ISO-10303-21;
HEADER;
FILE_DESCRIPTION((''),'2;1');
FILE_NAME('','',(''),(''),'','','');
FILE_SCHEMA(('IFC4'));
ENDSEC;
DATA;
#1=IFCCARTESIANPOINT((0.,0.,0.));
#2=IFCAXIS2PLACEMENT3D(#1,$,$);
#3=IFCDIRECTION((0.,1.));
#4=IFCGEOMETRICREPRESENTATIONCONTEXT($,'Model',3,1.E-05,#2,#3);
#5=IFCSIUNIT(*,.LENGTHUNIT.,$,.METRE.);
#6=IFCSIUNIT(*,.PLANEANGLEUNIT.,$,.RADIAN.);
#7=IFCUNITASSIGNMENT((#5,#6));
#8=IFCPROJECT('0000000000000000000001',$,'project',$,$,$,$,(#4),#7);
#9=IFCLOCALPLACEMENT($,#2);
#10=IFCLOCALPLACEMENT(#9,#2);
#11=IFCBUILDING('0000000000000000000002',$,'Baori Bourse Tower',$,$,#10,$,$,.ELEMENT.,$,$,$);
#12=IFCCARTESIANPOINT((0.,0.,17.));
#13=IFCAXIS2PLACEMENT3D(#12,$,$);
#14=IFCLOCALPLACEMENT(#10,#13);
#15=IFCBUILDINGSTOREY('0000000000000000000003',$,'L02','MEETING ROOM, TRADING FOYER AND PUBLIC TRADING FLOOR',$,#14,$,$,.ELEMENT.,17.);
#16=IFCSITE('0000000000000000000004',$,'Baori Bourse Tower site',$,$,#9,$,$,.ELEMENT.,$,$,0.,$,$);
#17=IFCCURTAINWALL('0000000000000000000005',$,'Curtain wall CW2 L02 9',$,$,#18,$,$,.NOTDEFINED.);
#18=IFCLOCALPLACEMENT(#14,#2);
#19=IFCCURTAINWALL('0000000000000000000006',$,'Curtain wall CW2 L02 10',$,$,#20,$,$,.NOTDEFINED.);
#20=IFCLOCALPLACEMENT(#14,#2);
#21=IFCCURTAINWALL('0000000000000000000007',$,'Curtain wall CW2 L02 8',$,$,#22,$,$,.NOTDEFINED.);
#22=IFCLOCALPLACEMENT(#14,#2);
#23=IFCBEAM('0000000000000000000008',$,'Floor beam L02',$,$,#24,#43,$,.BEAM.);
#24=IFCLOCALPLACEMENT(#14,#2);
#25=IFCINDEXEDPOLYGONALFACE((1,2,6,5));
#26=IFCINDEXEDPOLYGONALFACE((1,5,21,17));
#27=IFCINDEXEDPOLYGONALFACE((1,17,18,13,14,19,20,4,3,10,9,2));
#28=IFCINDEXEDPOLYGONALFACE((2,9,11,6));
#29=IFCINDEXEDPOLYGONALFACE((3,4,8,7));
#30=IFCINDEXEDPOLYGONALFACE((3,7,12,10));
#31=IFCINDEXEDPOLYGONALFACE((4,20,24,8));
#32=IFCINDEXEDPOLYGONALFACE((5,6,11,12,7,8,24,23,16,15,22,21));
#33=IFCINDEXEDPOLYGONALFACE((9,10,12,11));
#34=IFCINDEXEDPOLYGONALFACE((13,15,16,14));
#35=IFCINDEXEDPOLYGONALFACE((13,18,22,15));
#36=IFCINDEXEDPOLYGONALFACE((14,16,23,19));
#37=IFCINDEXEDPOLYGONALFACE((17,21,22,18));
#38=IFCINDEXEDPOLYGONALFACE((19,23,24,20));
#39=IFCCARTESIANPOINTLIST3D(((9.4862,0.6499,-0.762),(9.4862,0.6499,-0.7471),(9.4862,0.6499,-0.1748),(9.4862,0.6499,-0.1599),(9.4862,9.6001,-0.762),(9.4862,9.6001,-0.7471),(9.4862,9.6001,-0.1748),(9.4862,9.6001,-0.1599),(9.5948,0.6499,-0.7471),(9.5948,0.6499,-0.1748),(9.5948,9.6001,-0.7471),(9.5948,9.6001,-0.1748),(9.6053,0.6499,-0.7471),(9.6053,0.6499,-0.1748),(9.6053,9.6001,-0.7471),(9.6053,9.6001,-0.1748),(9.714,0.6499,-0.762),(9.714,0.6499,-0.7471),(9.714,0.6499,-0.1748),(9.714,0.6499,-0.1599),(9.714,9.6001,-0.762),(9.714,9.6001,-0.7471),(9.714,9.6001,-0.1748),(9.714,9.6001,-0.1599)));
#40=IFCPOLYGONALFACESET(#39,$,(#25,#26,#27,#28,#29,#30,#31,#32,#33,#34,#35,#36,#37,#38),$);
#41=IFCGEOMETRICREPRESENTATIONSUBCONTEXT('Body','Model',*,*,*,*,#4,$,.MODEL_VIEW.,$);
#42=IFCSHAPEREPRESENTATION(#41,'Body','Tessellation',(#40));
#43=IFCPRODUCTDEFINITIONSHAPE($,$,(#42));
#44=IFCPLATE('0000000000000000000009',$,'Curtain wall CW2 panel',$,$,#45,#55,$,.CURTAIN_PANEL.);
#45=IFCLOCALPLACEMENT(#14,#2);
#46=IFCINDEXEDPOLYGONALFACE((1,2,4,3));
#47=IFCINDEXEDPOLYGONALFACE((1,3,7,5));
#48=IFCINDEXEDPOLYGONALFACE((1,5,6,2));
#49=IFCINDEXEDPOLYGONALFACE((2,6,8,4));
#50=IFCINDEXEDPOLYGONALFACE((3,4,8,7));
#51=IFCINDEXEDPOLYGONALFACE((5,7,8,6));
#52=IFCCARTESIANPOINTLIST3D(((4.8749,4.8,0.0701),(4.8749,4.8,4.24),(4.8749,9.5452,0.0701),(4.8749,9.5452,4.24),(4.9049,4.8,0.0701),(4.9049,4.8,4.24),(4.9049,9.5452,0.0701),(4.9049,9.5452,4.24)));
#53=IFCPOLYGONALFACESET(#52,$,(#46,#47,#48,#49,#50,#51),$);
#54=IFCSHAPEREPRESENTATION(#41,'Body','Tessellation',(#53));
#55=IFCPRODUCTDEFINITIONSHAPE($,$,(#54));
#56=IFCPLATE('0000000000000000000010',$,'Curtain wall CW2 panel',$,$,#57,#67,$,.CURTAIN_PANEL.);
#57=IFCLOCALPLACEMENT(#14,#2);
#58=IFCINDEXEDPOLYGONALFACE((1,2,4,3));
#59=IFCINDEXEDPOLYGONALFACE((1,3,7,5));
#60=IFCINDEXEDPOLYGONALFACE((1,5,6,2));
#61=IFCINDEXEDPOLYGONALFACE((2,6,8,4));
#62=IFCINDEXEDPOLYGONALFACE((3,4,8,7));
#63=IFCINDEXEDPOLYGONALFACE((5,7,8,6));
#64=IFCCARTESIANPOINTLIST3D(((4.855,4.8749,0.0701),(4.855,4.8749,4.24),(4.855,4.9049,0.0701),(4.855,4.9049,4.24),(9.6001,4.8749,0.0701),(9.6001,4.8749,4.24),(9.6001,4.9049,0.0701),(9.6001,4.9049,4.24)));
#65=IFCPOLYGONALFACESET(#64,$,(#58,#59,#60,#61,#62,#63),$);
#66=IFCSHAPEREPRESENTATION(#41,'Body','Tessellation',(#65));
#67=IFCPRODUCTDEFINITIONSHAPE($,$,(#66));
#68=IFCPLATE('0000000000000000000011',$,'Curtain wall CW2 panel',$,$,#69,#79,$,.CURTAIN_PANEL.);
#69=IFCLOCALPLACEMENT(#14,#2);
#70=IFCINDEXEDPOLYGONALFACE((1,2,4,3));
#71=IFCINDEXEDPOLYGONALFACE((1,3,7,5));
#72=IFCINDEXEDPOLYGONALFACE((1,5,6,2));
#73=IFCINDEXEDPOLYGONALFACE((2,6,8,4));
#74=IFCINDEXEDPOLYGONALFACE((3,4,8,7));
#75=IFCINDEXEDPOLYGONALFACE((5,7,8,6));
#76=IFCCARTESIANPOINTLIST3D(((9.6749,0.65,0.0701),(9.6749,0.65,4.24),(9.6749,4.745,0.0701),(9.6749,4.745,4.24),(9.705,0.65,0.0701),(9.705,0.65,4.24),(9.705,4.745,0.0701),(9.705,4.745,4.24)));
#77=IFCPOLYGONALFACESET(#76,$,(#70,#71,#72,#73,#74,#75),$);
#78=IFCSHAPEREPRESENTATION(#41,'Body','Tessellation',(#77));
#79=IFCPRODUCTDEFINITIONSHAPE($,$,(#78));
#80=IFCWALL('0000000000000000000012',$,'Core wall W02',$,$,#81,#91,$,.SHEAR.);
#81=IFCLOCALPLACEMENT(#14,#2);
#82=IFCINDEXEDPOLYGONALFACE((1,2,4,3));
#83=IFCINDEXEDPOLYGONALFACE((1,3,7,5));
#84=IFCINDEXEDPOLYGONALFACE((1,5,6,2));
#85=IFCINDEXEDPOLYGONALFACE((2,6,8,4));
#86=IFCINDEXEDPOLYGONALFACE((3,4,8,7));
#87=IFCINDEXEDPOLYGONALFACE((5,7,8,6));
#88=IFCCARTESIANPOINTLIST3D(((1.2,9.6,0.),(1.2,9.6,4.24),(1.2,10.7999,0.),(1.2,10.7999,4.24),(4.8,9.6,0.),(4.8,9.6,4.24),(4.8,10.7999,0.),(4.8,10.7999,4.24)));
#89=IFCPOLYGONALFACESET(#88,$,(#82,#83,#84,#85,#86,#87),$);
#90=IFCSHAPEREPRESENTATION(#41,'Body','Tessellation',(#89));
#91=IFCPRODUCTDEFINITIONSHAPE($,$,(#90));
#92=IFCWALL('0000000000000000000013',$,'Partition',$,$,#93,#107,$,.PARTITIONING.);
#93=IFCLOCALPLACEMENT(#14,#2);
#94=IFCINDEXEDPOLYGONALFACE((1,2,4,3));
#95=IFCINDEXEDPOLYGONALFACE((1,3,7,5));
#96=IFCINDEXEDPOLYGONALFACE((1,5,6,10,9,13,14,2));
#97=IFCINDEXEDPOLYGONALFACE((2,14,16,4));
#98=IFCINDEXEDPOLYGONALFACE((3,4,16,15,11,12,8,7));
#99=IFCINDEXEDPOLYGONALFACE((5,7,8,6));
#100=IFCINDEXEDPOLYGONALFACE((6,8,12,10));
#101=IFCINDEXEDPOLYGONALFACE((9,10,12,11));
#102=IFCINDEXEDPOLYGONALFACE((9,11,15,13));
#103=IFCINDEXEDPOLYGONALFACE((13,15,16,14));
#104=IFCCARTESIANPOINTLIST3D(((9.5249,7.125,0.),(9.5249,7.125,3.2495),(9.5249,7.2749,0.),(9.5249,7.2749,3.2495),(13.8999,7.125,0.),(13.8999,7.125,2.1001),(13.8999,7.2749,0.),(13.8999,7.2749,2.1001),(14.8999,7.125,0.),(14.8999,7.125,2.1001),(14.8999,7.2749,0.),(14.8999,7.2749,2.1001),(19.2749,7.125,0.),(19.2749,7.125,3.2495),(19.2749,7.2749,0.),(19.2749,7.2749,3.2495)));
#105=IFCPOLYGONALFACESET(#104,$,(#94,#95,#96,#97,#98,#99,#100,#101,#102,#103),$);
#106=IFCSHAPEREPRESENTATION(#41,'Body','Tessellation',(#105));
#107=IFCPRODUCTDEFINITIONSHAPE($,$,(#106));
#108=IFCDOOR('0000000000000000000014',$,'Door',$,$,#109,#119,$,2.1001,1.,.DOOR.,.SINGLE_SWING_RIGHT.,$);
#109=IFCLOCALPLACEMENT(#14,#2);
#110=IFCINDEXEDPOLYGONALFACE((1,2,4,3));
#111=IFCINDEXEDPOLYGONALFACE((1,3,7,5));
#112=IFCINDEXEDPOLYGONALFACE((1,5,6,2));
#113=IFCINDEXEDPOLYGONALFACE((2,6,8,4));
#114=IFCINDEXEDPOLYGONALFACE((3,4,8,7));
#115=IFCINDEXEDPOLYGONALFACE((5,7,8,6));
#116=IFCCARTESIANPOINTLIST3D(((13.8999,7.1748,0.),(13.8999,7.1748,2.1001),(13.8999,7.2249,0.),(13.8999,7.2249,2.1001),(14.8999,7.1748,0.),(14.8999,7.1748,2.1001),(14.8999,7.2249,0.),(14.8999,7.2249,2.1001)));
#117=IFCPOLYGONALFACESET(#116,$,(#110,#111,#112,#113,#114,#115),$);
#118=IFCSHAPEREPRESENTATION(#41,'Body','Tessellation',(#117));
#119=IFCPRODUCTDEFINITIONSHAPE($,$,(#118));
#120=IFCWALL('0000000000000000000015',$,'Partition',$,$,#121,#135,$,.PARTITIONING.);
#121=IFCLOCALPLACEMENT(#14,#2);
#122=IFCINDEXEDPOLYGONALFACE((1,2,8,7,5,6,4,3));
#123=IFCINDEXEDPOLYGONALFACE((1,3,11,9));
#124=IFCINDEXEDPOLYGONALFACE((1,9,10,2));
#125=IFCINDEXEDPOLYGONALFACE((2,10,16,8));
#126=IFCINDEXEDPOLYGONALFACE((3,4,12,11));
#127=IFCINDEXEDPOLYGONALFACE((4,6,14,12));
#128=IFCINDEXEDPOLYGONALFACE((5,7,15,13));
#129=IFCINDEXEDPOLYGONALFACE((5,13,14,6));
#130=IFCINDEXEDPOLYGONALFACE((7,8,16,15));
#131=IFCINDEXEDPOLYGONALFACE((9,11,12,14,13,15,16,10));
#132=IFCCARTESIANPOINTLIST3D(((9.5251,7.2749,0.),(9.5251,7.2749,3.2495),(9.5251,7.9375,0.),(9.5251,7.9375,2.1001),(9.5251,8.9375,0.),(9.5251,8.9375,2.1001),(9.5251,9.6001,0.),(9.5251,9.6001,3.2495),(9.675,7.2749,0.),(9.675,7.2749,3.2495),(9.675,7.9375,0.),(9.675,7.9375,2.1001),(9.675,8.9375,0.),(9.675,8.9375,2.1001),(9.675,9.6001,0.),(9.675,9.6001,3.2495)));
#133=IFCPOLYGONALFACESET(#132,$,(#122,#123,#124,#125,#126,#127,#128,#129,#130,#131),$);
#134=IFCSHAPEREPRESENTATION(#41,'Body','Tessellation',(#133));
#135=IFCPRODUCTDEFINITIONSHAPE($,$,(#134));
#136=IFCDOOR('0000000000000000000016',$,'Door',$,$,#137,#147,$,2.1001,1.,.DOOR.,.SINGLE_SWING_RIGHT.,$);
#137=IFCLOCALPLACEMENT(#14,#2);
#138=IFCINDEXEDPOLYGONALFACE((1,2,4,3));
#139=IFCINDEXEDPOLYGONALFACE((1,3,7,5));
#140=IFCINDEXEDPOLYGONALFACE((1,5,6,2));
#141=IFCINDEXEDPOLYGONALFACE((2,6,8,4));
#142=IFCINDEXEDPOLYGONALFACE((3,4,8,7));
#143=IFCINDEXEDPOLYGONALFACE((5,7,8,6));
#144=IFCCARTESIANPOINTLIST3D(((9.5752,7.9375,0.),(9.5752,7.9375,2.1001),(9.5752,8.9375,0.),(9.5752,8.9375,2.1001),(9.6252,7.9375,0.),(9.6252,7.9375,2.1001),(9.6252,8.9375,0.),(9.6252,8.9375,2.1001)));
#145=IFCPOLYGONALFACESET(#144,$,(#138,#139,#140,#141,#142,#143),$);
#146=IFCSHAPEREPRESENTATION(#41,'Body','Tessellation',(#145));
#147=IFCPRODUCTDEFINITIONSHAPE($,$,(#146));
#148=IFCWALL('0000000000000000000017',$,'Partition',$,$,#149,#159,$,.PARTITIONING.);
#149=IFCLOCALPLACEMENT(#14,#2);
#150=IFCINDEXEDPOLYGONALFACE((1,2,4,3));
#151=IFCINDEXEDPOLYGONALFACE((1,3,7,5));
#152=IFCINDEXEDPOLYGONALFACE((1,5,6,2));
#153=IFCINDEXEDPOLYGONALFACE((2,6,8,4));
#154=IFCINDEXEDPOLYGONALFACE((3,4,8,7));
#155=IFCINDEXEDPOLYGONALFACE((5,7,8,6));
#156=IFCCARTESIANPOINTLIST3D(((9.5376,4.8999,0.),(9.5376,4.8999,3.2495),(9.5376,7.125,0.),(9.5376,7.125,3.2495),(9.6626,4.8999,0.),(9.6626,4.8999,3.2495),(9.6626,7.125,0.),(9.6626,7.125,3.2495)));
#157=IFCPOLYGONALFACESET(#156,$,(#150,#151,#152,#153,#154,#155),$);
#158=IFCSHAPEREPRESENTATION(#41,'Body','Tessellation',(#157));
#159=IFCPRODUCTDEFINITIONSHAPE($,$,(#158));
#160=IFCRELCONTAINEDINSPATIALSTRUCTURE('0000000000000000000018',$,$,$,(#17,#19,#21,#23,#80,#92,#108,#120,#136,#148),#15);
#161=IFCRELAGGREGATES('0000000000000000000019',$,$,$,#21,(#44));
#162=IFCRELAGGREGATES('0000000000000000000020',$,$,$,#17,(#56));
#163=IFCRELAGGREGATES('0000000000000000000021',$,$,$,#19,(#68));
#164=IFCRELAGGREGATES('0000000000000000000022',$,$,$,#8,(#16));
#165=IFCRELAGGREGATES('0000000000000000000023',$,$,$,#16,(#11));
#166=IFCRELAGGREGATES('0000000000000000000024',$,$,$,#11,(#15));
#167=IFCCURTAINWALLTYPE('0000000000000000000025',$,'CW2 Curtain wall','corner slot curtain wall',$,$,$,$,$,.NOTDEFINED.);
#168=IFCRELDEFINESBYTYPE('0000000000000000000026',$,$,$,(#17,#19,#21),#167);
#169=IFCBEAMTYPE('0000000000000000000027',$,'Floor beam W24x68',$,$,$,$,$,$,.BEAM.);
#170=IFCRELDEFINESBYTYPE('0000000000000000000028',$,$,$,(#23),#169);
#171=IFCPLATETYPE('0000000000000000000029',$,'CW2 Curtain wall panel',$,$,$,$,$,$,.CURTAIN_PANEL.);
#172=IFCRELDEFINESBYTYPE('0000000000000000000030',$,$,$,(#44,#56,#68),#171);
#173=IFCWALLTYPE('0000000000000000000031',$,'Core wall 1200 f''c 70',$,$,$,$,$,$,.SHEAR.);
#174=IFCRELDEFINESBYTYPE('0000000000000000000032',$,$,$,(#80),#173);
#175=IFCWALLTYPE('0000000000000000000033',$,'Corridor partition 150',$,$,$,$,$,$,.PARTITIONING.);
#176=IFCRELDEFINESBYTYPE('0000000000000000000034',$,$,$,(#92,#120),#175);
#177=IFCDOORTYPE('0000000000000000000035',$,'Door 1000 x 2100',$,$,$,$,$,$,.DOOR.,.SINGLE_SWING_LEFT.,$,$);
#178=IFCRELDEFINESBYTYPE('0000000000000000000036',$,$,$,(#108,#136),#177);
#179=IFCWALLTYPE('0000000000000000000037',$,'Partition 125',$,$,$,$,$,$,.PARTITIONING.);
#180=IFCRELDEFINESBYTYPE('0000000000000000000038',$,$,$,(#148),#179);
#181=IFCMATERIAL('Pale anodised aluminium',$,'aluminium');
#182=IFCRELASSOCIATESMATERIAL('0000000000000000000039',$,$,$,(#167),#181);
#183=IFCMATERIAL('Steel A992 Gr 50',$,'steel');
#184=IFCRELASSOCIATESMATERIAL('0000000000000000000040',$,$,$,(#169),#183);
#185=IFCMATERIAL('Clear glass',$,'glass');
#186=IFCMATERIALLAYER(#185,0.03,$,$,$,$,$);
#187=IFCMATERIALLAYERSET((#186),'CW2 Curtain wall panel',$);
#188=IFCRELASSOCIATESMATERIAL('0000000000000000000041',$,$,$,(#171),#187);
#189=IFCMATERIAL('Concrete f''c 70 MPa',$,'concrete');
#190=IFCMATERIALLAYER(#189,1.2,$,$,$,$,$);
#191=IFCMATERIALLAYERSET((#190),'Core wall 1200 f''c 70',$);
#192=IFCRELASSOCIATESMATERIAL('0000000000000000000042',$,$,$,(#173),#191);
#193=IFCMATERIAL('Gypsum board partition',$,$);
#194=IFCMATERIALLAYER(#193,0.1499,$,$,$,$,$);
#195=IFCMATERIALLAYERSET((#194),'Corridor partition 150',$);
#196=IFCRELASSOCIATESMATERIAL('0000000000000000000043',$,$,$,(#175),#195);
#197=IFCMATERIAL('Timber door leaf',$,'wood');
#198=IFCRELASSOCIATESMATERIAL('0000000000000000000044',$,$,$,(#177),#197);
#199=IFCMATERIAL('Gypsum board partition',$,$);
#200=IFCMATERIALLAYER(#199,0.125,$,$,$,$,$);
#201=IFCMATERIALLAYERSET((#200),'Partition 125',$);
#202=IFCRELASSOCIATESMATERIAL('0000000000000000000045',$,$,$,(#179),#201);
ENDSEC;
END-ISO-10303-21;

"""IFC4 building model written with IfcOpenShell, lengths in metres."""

from ifc_helpers import new_model, si_unit, direction, frame, frame_2d, origin, origin_2d, place, context, subcontext, project, spatial, rectangle, i_section, extrude, material, layer, layer_set, material_profile, profile_set, type_object, element, fill, aggregate, save


model = new_model("IFC4")

# Units and contexts
model_context = context("Model", 3, precision=1e-05, world=origin(), true_north=direction((0.0, 1.0)))
body_context = subcontext(model_context, "Body", "Model", "MODEL_VIEW")
ifc_project = project(units=[si_unit("LENGTHUNIT", "METRE"), si_unit("PLANEANGLEUNIT", "RADIAN")], contexts=[model_context])

# Site, building, storey
site_placement = place(None, origin())
site = spatial("IfcSite", under=ifc_project, at=site_placement, Name="Baori Bourse Tower site", CompositionType="ELEMENT", RefElevation=0.0)
building_placement = place(site_placement, origin())
building = spatial("IfcBuilding", under=site, at=building_placement, Name="Baori Bourse Tower", CompositionType="ELEMENT")
storey_placement = place(building_placement, frame((0.0, 0.0, 17.0)))
storey = spatial("IfcBuildingStorey", under=building, at=storey_placement, Name="L02", Description="MEETING ROOM, TRADING FOYER AND PUBLIC TRADING FLOOR", CompositionType="ELEMENT", Elevation=17.0)

# Curtain walls
ifc_material_1 = material(Name="Pale anodised aluminium", Category="aluminium")
curtain_wall_type_1 = type_object("IfcCurtainWallType", Name="CW2 Curtain wall", Description="corner slot curtain wall", PredefinedType="NOTDEFINED", material=ifc_material_1)
curtain_wall_1_placement = place(storey_placement, origin())
curtain_wall_1 = element("IfcCurtainWall", 1, at=curtain_wall_1_placement, inside=storey, type_object=curtain_wall_type_1, Name="Curtain wall CW2 L02 9", PredefinedType="NOTDEFINED")
curtain_wall_2_placement = place(storey_placement, origin())
curtain_wall_2 = element("IfcCurtainWall", 2, at=curtain_wall_2_placement, inside=storey, type_object=curtain_wall_type_1, Name="Curtain wall CW2 L02 10", PredefinedType="NOTDEFINED")
curtain_wall_3_placement = place(storey_placement, origin())
curtain_wall_3 = element("IfcCurtainWall", 3, at=curtain_wall_3_placement, inside=storey, type_object=curtain_wall_type_1, Name="Curtain wall CW2 L02 8", PredefinedType="NOTDEFINED")

# Beam
ifc_material_2 = material(Name="Steel A992 Gr 50", Category="steel")
ifc_material_profile_1 = material_profile(ifc_material_2, i_section(OverallWidth=0.2278, OverallDepth=0.6021, WebThickness=0.0105, FlangeThickness=0.0149, at=origin_2d()), Name="W24x68")
ifc_profile_set_1 = profile_set([ifc_material_profile_1], Name="Steel A992 Gr 50")
beam_type_1 = type_object("IfcBeamType", Name="Floor beam W24x68", PredefinedType="BEAM", material=ifc_profile_set_1)
beam_1_placement = place(storey_placement, frame((9.6001, 0.6499, -0.4609), z_axis=(0.0, 1.0, 0.0), x_axis=(-1.0, 0.0, 0.0)))
element("IfcBeam", 4, at=beam_1_placement, inside=storey, type_object=beam_type_1, Name="Floor beam L02", PredefinedType="BEAM", context=body_context, shape_type="SweptSolid", body=[
    extrude(i_section(OverallWidth=0.2278, OverallDepth=0.6021, WebThickness=0.0105, FlangeThickness=0.0149, at=origin_2d()), origin(), (0.0, 0.0, 1.0), 8.9502),
])

# Plates
ifc_material_3 = material(Name="Clear glass", Category="glass")
ifc_layer_1 = layer(ifc_material_3, 0.03)
ifc_layer_set_1 = layer_set([ifc_layer_1], Name="CW2 Curtain wall panel")
plate_type = type_object("IfcPlateType", Name="CW2 Curtain wall panel", PredefinedType="CURTAIN_PANEL", material=ifc_layer_set_1)
plate_1_placement = place(storey_placement, frame((4.8899, 7.1726, 0.0701), z_axis=(0.0, 0.0, 1.0), x_axis=(0.0, -1.0, 0.0)))
plate_1 = element("IfcPlate", 5, at=plate_1_placement, type_object=plate_type, Name="Curtain wall CW2 panel", PredefinedType="CURTAIN_PANEL", context=body_context, shape_type="SweptSolid", body=[
    extrude(rectangle(XDim=4.7451, YDim=0.03, at=origin_2d()), origin(), (0.0, 0.0, 1.0), 4.1699),
])
aggregate(curtain_wall_3, [plate_1])
plate_2_placement = place(storey_placement, frame((7.2275, 4.8899, 0.0701), z_axis=(0.0, 0.0, 1.0), x_axis=(1.0, 0.0, 0.0)))
plate_2 = element("IfcPlate", 6, at=plate_2_placement, type_object=plate_type, Name="Curtain wall CW2 panel", PredefinedType="CURTAIN_PANEL", context=body_context, shape_type="SweptSolid", body=[
    extrude(rectangle(XDim=4.7451, YDim=0.03, at=origin_2d()), origin(), (0.0, 0.0, 1.0), 4.1699),
])
aggregate(curtain_wall_1, [plate_2])
plate_3_placement = place(storey_placement, frame((9.6899, 2.6975, 0.0701), z_axis=(0.0, 0.0, 1.0), x_axis=(0.0, -1.0, 0.0)))
plate_3 = element("IfcPlate", 7, at=plate_3_placement, type_object=plate_type, Name="Curtain wall CW2 panel", PredefinedType="CURTAIN_PANEL", context=body_context, shape_type="SweptSolid", body=[
    extrude(rectangle(XDim=4.095, YDim=0.03, at=origin_2d()), origin(), (0.0, 0.0, 1.0), 4.1699),
])
aggregate(curtain_wall_2, [plate_3])

# Wall
ifc_material_4 = material(Name="Concrete f'c 70 MPa", Category="concrete")
ifc_layer_2 = layer(ifc_material_4, 1.2)
ifc_layer_set_2 = layer_set([ifc_layer_2], Name="Core wall 1200 f'c 70")
wall_type_1 = type_object("IfcWallType", Name="Core wall 1200 f'c 70", PredefinedType="SHEAR", material=ifc_layer_set_2)
wall_1_placement = place(storey_placement, frame((4.8, 10.2, 0.0), z_axis=(0.0, 0.0, 1.0), x_axis=(-1.0, 0.0, 0.0)))
element("IfcWall", 8, at=wall_1_placement, inside=storey, type_object=wall_type_1, Name="Core wall W02", PredefinedType="SHEAR", context=body_context, shape_type="SweptSolid", body=[
    extrude(rectangle(XDim=3.6001, YDim=1.2, at=frame_2d((1.8, 0.0))), origin(), (0.0, 0.0, 1.0), 4.24),
])

# Walls, openings, doors
ifc_material_5 = material(Name="Gypsum board partition")
ifc_layer_3 = layer(ifc_material_5, 0.1499)
ifc_layer_set_3 = layer_set([ifc_layer_3], Name="Corridor partition 150")
wall_type_2 = type_object("IfcWallType", Name="Corridor partition 150", PredefinedType="PARTITIONING", material=ifc_layer_set_3)
wall_2_placement = place(storey_placement, frame((9.5249, 7.2, 0.0), z_axis=(0.0, 0.0, 1.0), x_axis=(1.0, 0.0, 0.0)))
wall_2 = element("IfcWall", 9, at=wall_2_placement, inside=storey, type_object=wall_type_2, Name="Partition", PredefinedType="PARTITIONING", context=body_context, shape_type="SweptSolid", body=[
    extrude(rectangle(XDim=9.75, YDim=0.1499, at=frame_2d((4.875, 0.0))), origin(), (0.0, 0.0, 1.0), 3.2495),
])
opening_1_placement = place(wall_2_placement, frame((4.375, 0.0, 0.0)))
opening_1 = element("IfcOpeningElement", 10, at=opening_1_placement, cuts=wall_2, PredefinedType="OPENING", context=body_context, shape_type="SweptSolid", body=[
    extrude(rectangle(XDim=1.0, YDim=2.1001, at=frame_2d((0.5, 1.05))), frame((0.0, 0.085, 0.0), z_axis=(0.0, -1.0, 0.0), x_axis=(1.0, 0.0, 0.0)), (0.0, 0.0, 1.0), 0.1699),
])
ifc_material_6 = material(Name="Timber door leaf", Category="wood")
door_type = type_object("IfcDoorType", Name="Door 1000 x 2100", OperationType="SINGLE_SWING_LEFT", PredefinedType="DOOR", material=ifc_material_6)
door_1_placement = place(opening_1_placement, origin())
door_1 = element("IfcDoor", 11, at=door_1_placement, inside=storey, type_object=door_type, Name="Door", OperationType="SINGLE_SWING_RIGHT", OverallHeight=2.1001, OverallWidth=1.0, PredefinedType="DOOR", context=body_context, shape_type="SweptSolid", body=[
    extrude(rectangle(XDim=1.0, YDim=2.1001, at=frame_2d((0.5, 1.05))), frame((0.0, 0.0249, 0.0), z_axis=(0.0, -1.0, 0.0), x_axis=(1.0, 0.0, 0.0)), (0.0, 0.0, 1.0), 0.05),
])
fill(opening_1, door_1)
wall_3_placement = place(storey_placement, frame((9.6001, 7.2749, 0.0), z_axis=(0.0, 0.0, 1.0), x_axis=(0.0, 1.0, 0.0)))
wall_3 = element("IfcWall", 12, at=wall_3_placement, inside=storey, type_object=wall_type_2, Name="Partition", PredefinedType="PARTITIONING", context=body_context, shape_type="SweptSolid", body=[
    extrude(rectangle(XDim=2.3252, YDim=0.1499, at=frame_2d((1.1626, 0.0))), origin(), (0.0, 0.0, 1.0), 3.2495),
])
opening_2_placement = place(wall_3_placement, frame((0.6626, 0.0, 0.0)))
opening_2 = element("IfcOpeningElement", 13, at=opening_2_placement, cuts=wall_3, PredefinedType="OPENING", context=body_context, shape_type="SweptSolid", body=[
    extrude(rectangle(XDim=1.0, YDim=2.1001, at=frame_2d((0.5, 1.05))), frame((0.0, 0.085, 0.0), z_axis=(0.0, -1.0, 0.0), x_axis=(1.0, 0.0, 0.0)), (0.0, 0.0, 1.0), 0.1699),
])
door_2_placement = place(opening_2_placement, origin())
door_2 = element("IfcDoor", 14, at=door_2_placement, inside=storey, type_object=door_type, Name="Door", OperationType="SINGLE_SWING_RIGHT", OverallHeight=2.1001, OverallWidth=1.0, PredefinedType="DOOR", context=body_context, shape_type="SweptSolid", body=[
    extrude(rectangle(XDim=1.0, YDim=2.1001, at=frame_2d((0.5, 1.05))), frame((0.0, 0.0249, 0.0), z_axis=(0.0, -1.0, 0.0), x_axis=(1.0, 0.0, 0.0)), (0.0, 0.0, 1.0), 0.05),
])
fill(opening_2, door_2)

# Wall
ifc_material_7 = material(Name="Gypsum board partition")
ifc_layer_4 = layer(ifc_material_7, 0.125)
ifc_layer_set_4 = layer_set([ifc_layer_4], Name="Partition 125")
wall_type_3 = type_object("IfcWallType", Name="Partition 125", PredefinedType="PARTITIONING", material=ifc_layer_set_4)
wall_4_placement = place(storey_placement, frame((9.6001, 4.8999, 0.0), z_axis=(0.0, 0.0, 1.0), x_axis=(0.0, 1.0, 0.0)))
element("IfcWall", 15, at=wall_4_placement, inside=storey, type_object=wall_type_3, Name="Partition", PredefinedType="PARTITIONING", context=body_context, shape_type="SweptSolid", body=[
    extrude(rectangle(XDim=2.2251, YDim=0.125, at=frame_2d((1.1125, 0.0))), origin(), (0.0, 0.0, 1.0), 3.2495),
])

save(model, "model.ifc")
